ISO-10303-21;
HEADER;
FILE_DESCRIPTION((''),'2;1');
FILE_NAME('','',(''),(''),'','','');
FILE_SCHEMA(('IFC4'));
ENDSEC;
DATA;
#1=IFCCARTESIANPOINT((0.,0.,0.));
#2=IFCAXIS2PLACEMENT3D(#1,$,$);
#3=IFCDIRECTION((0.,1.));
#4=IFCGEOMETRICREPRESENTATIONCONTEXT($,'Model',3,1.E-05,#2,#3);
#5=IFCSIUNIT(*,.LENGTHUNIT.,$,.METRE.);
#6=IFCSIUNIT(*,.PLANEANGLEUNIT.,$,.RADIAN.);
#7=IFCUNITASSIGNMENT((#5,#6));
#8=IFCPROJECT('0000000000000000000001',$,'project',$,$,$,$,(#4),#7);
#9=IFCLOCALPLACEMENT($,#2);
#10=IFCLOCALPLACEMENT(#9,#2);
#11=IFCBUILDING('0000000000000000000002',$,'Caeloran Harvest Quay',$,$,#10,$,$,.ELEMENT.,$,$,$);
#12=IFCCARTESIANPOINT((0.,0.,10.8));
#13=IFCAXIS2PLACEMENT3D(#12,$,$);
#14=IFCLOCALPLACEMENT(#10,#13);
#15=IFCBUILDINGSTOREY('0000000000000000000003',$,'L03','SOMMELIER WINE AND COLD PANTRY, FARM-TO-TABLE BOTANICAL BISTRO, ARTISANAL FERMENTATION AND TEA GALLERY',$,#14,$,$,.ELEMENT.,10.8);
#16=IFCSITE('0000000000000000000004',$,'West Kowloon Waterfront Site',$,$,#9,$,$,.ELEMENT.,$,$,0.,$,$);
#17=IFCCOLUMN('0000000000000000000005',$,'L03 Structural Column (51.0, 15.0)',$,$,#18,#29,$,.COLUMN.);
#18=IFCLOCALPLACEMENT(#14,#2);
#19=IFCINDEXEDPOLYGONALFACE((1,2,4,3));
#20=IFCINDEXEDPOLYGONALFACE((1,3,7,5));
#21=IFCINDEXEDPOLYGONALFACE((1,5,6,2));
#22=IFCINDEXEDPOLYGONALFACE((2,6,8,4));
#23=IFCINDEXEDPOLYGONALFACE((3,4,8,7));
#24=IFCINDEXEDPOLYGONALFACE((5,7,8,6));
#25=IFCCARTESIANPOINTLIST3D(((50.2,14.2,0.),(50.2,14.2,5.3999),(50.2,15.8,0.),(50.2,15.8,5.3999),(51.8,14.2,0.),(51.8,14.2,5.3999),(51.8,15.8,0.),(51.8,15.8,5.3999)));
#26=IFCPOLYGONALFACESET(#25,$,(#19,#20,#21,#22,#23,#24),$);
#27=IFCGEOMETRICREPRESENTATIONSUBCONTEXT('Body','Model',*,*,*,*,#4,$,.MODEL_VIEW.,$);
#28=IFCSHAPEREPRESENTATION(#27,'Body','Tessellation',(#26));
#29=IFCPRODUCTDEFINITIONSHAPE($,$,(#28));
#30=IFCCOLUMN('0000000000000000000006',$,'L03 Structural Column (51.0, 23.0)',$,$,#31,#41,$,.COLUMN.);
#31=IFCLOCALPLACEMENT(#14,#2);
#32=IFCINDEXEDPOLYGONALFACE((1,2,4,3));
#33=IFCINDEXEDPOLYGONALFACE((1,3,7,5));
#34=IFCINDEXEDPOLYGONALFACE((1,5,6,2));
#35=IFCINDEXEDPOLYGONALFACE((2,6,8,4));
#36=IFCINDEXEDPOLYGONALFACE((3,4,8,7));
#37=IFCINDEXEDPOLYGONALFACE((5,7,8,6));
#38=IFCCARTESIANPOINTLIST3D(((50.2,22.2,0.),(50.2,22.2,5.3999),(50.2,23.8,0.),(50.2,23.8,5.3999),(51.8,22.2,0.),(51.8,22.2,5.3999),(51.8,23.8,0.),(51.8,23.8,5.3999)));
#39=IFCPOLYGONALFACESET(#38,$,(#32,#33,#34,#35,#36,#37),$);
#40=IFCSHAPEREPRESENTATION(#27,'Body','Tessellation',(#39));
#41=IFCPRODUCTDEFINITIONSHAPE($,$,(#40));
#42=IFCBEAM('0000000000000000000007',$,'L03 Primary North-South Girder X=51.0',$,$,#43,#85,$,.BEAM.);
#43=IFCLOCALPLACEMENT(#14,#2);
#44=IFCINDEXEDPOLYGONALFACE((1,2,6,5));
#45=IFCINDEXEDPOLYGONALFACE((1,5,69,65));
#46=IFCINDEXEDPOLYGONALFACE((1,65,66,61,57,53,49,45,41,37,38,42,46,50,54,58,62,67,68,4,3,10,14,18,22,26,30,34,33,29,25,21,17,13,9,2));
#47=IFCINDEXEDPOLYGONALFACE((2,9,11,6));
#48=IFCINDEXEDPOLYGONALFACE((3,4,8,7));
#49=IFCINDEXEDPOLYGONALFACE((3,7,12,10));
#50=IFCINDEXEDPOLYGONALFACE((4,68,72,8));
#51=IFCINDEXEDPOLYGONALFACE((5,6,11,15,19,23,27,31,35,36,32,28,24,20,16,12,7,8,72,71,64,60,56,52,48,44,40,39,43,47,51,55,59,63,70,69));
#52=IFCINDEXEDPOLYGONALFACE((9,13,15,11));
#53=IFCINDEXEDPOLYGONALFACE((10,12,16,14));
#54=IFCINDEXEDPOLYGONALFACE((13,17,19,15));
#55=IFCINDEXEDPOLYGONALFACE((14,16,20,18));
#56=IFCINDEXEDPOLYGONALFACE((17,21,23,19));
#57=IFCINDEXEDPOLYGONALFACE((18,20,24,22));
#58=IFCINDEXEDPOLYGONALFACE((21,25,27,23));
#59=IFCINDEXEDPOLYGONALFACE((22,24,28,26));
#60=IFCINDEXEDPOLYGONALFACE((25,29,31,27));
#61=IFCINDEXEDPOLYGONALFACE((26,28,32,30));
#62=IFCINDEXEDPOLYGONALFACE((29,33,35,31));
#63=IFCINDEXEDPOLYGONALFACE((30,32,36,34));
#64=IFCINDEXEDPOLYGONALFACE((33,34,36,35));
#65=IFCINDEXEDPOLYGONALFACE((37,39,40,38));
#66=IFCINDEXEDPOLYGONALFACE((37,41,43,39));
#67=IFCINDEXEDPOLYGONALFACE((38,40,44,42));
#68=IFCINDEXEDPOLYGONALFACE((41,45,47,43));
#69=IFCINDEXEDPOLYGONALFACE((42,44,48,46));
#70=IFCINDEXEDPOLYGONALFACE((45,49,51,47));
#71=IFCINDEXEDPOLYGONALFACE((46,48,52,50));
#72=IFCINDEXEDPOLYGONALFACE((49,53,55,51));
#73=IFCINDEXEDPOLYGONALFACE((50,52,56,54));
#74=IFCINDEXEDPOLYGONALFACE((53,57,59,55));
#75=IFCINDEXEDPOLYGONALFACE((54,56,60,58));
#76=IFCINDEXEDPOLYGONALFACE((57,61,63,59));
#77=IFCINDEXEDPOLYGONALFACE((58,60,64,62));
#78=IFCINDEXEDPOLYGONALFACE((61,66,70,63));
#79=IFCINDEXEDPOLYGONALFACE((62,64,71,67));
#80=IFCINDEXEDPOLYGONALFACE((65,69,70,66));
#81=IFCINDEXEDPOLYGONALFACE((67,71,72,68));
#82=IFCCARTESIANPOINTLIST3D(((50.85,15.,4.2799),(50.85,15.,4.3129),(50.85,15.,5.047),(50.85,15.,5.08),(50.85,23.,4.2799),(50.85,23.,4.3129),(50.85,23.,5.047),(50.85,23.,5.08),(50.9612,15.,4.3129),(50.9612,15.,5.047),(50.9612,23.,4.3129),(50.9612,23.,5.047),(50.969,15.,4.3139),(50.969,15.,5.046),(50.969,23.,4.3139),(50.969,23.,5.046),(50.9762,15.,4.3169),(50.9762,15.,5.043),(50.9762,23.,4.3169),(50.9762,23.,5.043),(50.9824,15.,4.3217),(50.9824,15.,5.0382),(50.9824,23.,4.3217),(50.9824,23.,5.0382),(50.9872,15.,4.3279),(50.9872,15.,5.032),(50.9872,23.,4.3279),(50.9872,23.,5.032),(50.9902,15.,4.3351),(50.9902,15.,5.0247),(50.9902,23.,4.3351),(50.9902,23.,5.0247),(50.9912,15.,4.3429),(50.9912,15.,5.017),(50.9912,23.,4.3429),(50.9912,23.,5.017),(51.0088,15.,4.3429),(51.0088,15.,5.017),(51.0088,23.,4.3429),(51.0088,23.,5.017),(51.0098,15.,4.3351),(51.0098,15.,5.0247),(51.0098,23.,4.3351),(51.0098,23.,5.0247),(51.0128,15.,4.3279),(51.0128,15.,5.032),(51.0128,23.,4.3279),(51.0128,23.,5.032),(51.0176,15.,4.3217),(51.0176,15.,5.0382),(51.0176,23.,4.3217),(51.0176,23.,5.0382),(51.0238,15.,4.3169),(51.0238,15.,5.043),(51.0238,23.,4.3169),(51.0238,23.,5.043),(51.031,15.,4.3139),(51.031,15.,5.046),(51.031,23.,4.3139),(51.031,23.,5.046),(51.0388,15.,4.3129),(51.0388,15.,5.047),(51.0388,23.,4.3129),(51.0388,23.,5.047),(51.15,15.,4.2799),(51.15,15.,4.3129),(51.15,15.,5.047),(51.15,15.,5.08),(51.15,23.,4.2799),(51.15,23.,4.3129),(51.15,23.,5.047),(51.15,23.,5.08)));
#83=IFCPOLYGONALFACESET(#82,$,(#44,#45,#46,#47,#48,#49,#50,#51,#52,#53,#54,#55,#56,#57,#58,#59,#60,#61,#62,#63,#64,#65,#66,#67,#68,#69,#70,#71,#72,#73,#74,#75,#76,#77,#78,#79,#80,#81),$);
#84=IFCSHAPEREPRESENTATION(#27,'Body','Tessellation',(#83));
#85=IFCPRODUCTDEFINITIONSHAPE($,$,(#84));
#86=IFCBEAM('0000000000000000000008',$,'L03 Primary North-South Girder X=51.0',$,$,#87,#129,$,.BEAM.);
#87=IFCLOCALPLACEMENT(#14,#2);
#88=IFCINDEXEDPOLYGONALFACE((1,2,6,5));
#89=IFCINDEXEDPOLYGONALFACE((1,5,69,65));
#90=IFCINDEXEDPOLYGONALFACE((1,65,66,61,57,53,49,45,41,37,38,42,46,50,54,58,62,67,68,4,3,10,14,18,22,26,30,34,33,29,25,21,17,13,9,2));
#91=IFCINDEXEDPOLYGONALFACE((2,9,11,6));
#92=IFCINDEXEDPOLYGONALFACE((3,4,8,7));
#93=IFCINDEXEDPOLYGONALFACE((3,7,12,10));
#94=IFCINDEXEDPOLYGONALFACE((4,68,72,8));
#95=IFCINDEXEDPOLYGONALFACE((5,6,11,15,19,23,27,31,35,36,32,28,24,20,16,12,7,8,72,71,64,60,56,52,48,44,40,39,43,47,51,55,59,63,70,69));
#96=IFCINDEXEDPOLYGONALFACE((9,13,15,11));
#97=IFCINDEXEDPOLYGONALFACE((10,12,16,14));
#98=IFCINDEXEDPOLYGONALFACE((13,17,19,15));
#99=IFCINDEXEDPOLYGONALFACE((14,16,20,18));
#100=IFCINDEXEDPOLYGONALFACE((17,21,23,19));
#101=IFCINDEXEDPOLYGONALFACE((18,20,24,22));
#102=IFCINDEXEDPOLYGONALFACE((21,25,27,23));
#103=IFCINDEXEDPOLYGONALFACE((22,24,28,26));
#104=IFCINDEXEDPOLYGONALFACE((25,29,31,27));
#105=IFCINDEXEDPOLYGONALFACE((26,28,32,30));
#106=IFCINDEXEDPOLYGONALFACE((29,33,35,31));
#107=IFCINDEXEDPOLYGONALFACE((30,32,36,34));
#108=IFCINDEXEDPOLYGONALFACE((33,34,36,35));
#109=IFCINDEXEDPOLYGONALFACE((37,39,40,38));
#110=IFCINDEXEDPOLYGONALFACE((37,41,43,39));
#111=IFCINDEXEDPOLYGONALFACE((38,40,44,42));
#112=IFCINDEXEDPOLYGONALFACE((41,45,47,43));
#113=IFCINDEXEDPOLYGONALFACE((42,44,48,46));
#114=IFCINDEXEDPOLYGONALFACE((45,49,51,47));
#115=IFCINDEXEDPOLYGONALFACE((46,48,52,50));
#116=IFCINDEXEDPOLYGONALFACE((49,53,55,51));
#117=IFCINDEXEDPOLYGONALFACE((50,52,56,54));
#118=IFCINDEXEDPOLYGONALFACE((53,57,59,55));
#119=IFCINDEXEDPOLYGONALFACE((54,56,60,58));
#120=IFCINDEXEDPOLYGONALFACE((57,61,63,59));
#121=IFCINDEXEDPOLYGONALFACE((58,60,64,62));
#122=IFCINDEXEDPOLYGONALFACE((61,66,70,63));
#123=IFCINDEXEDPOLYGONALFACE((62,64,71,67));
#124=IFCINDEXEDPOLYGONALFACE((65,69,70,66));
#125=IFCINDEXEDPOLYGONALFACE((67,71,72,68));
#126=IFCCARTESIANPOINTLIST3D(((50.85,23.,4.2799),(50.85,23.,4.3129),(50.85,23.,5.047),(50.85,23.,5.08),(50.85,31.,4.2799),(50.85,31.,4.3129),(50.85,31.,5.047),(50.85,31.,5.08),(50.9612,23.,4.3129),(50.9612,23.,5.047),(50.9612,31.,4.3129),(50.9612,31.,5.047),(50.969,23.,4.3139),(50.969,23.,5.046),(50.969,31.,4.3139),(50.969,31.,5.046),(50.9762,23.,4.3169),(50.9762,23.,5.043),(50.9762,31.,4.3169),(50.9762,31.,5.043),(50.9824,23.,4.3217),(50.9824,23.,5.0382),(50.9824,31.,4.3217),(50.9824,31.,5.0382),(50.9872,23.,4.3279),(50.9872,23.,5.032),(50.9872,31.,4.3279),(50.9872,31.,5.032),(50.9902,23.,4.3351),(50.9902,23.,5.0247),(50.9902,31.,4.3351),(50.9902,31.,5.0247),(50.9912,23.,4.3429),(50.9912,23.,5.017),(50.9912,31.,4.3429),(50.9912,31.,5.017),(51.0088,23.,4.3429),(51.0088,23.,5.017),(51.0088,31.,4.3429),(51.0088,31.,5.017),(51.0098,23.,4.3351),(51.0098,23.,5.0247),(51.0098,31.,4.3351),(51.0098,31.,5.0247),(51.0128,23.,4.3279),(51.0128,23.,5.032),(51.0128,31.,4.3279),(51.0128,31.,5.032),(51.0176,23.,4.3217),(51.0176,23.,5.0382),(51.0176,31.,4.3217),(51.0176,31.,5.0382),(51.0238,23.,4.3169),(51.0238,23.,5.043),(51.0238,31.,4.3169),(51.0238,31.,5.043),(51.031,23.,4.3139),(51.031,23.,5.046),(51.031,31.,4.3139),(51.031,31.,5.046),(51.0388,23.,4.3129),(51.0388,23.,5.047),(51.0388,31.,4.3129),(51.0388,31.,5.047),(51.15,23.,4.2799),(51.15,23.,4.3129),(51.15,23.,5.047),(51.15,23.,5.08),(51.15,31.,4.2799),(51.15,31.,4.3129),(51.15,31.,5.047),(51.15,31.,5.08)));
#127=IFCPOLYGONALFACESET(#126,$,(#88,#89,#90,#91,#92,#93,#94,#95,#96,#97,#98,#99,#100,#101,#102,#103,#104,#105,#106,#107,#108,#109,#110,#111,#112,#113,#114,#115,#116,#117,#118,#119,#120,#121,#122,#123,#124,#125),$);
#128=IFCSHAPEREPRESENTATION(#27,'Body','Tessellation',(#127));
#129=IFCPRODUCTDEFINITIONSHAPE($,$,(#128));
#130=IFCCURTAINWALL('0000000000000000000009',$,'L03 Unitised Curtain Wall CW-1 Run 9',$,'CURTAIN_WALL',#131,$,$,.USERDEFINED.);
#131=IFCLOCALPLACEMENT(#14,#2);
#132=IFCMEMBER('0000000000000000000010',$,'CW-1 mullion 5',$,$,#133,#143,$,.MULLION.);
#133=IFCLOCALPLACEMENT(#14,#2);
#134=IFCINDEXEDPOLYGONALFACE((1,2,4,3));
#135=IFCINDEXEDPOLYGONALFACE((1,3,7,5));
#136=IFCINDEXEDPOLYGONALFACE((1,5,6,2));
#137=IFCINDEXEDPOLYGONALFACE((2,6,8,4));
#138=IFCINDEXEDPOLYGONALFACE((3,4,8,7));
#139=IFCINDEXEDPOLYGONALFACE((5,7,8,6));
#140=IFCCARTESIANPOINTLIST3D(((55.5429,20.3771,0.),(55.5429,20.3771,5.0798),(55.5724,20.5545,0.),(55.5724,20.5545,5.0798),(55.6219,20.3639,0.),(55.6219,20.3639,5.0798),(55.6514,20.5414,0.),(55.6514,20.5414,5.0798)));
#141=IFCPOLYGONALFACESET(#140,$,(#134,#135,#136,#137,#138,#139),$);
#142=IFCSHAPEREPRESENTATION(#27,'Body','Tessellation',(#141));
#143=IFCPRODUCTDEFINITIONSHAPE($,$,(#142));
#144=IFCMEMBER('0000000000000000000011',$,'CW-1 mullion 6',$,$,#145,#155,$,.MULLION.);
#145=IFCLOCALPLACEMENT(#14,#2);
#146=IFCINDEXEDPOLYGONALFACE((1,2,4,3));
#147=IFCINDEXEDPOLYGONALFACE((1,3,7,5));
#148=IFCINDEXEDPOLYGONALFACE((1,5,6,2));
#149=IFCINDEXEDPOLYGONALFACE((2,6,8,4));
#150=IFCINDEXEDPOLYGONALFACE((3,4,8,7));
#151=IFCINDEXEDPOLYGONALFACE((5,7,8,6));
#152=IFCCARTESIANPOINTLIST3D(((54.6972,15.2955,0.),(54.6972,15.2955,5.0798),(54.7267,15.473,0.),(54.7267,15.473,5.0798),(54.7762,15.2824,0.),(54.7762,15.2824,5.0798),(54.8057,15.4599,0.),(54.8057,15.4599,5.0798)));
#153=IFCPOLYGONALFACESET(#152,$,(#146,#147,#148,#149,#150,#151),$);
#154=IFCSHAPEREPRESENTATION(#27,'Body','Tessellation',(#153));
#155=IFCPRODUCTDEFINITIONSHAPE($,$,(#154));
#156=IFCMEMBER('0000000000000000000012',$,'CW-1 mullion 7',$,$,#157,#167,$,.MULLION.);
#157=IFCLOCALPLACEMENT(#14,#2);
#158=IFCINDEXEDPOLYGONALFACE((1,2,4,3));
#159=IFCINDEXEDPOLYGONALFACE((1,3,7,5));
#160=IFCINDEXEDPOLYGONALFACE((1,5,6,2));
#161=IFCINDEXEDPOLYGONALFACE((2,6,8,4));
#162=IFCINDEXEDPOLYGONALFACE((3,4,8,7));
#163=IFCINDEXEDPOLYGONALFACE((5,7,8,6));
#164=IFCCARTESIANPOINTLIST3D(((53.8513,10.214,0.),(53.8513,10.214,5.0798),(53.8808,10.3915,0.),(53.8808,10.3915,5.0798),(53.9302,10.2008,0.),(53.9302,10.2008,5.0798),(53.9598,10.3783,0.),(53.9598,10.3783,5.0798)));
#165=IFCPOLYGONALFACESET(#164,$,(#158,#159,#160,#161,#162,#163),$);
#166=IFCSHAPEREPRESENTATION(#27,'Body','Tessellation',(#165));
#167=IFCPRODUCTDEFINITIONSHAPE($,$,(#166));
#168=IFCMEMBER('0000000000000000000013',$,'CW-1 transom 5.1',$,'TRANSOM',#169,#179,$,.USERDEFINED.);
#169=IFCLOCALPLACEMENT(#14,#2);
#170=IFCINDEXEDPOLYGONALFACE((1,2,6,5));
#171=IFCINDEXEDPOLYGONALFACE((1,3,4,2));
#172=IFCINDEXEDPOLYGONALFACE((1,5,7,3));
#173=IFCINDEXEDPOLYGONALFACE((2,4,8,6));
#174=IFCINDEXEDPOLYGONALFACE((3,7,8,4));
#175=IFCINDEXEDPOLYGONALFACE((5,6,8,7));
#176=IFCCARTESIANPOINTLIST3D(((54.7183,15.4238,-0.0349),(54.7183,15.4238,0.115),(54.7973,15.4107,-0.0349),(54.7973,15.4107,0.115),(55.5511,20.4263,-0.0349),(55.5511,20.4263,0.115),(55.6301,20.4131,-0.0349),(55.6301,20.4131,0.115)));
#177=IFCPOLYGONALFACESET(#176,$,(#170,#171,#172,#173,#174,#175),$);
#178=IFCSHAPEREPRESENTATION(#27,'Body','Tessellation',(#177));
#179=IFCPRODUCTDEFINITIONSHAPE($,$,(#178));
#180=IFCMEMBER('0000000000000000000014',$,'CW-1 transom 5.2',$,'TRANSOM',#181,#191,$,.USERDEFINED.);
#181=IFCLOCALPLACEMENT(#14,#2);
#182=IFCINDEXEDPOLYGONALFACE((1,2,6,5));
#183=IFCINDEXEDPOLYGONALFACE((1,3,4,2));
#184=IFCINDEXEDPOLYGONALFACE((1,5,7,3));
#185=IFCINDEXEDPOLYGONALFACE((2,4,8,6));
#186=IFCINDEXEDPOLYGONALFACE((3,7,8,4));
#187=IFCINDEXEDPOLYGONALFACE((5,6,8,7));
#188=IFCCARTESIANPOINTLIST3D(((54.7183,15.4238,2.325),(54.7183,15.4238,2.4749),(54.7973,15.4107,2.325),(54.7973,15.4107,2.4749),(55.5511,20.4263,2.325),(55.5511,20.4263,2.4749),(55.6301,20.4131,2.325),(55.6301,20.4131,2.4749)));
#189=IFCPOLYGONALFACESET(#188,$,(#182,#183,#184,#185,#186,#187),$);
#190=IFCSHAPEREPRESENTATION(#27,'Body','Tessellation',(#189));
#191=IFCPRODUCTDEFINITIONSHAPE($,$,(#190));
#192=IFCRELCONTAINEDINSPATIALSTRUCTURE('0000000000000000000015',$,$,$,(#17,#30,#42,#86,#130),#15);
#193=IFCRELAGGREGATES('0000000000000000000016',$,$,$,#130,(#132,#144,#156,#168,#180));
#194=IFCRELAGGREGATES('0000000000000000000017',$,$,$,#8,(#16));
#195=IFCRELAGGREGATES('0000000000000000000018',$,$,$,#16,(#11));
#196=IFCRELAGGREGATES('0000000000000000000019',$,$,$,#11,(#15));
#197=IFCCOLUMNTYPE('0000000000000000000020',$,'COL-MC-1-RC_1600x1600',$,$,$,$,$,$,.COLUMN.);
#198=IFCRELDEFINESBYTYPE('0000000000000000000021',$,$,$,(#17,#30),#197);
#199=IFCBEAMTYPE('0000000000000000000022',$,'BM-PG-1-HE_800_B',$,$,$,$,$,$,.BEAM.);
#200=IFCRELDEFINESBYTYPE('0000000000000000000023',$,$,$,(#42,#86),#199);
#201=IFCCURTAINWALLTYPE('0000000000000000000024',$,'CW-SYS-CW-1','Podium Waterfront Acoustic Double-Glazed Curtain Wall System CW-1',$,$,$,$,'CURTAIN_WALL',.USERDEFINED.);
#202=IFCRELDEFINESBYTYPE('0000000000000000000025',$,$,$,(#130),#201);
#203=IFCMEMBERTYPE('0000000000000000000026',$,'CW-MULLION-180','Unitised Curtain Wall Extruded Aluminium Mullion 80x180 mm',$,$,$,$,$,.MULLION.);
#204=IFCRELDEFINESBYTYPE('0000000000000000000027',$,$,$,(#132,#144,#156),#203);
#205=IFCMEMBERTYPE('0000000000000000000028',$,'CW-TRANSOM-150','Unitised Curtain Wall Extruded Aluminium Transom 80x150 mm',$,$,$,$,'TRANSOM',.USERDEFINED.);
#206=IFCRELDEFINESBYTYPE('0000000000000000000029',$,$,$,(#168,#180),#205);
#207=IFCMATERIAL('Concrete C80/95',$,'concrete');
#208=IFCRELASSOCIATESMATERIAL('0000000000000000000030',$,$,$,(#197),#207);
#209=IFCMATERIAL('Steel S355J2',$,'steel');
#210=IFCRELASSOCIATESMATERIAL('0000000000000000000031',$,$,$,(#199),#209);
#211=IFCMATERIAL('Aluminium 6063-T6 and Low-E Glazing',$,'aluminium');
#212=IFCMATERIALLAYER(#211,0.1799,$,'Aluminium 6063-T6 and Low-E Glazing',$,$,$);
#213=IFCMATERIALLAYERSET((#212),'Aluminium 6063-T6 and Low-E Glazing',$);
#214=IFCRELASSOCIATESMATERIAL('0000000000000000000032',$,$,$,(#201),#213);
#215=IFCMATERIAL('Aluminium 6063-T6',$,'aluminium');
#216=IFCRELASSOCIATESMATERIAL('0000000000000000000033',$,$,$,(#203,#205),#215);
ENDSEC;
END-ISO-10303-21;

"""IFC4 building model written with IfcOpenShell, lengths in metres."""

from ifc_helpers import new_model, si_unit, direction, frame, origin, origin_2d, place, context, subcontext, project, spatial, rectangle, i_section, extrude, material, layer, layer_set, material_profile, profile_set, type_object, element, aggregate, save


model = new_model("IFC4")

# Units and contexts
model_context = context("Model", 3, precision=1e-05, world=origin(), true_north=direction((0.0, 1.0)))
body_context = subcontext(model_context, "Body", "Model", "MODEL_VIEW")
ifc_project = project(units=[si_unit("LENGTHUNIT", "METRE"), si_unit("PLANEANGLEUNIT", "RADIAN")], contexts=[model_context])

# Site, building, storey
site_placement = place(None, origin())
site = spatial("IfcSite", under=ifc_project, at=site_placement, Name="West Kowloon Waterfront Site", CompositionType="ELEMENT", RefElevation=0.0)
building_placement = place(site_placement, origin())
building = spatial("IfcBuilding", under=site, at=building_placement, Name="Caeloran Harvest Quay", CompositionType="ELEMENT")
storey_placement = place(building_placement, frame((0.0, 0.0, 10.8)))
storey = spatial("IfcBuildingStorey", under=building, at=storey_placement, Name="L03", Description="SOMMELIER WINE AND COLD PANTRY, FARM-TO-TABLE BOTANICAL BISTRO, ARTISANAL FERMENTATION AND TEA GALLERY", CompositionType="ELEMENT", Elevation=10.8)

# Columns
ifc_material_1 = material(Name="Concrete C80/95", Category="concrete")
ifc_material_profile_1 = material_profile(ifc_material_1, rectangle(XDim=1.6001, YDim=1.6001, at=origin_2d()), Name="RC 1600x1600")
ifc_profile_set_1 = profile_set([ifc_material_profile_1], Name="Concrete C80/95")
column_type = type_object("IfcColumnType", Name="COL-MC-1-RC_1600x1600", PredefinedType="COLUMN", material=ifc_profile_set_1)
for number, where, z_axis, x_axis, name in (
    (1, (51.0, 15.0, 0.0), (0.0, 0.0, 1.0), (1.0, 0.0, 0.0), "L03 Structural Column (51.0, 15.0)"),
    (2, (51.0, 23.0, 0.0), (0.0, 0.0, 1.0), (1.0, 0.0, 0.0), "L03 Structural Column (51.0, 23.0)"),
):
    element("IfcColumn", number, at=place(storey_placement, frame(where, z_axis=z_axis, x_axis=x_axis)), inside=storey, type_object=column_type, Name=name, PredefinedType="COLUMN", context=body_context, shape_type="SweptSolid", body=[
        extrude(rectangle(XDim=1.6001, YDim=1.6001, at=origin_2d()), origin(), (0.0, 0.0, 1.0), 5.3999),
    ])

# Beams
ifc_material_2 = material(Name="Steel S355J2", Category="steel")
ifc_material_profile_2 = material_profile(ifc_material_2, i_section(OverallWidth=0.3, OverallDepth=0.8, WebThickness=0.0176, FlangeThickness=0.033, FilletRadius=0.03, at=origin_2d()), Name="HE 800 B")
ifc_profile_set_2 = profile_set([ifc_material_profile_2], Name="Steel S355J2")
beam_type = type_object("IfcBeamType", Name="BM-PG-1-HE_800_B", PredefinedType="BEAM", material=ifc_profile_set_2)
for number, where, z_axis, x_axis, name in (
    (3, (51.0, 15.0, 4.6799), (0.0, 1.0, 0.0), (-1.0, 0.0, 0.0), "L03 Primary North-South Girder X=51.0"),
    (4, (51.0, 23.0, 4.6799), (0.0, 1.0, 0.0), (-1.0, 0.0, 0.0), "L03 Primary North-South Girder X=51.0"),
):
    element("IfcBeam", number, at=place(storey_placement, frame(where, z_axis=z_axis, x_axis=x_axis)), inside=storey, type_object=beam_type, Name=name, PredefinedType="BEAM", context=body_context, shape_type="SweptSolid", body=[
        extrude(i_section(OverallWidth=0.3, OverallDepth=0.8, WebThickness=0.0176, FlangeThickness=0.033, FilletRadius=0.03, at=origin_2d()), origin(), (0.0, 0.0, 1.0), 8.0),
    ])

# Curtain wall, members
ifc_material_3 = material(Name="Aluminium 6063-T6 and Low-E Glazing", Category="aluminium")
ifc_layer_1 = layer(ifc_material_3, 0.1799, Name="Aluminium 6063-T6 and Low-E Glazing")
ifc_layer_set_1 = layer_set([ifc_layer_1], Name="Aluminium 6063-T6 and Low-E Glazing")
curtain_wall_type = type_object("IfcCurtainWallType", Name="CW-SYS-CW-1", Description="Podium Waterfront Acoustic Double-Glazed Curtain Wall System CW-1", ElementType="CURTAIN_WALL", PredefinedType="USERDEFINED", material=ifc_layer_set_1)
curtain_wall_placement = place(storey_placement, origin())
curtain_wall = element("IfcCurtainWall", 5, at=curtain_wall_placement, inside=storey, type_object=curtain_wall_type, Name="L03 Unitised Curtain Wall CW-1 Run 9", ObjectType="CURTAIN_WALL", PredefinedType="USERDEFINED")
ifc_material_4 = material(Name="Aluminium 6063-T6", Category="aluminium")
ifc_material_profile_3 = material_profile(ifc_material_4, rectangle(XDim=0.0801, YDim=0.1799, at=origin_2d()), Name="CW-MULLION-180")
ifc_profile_set_3 = profile_set([ifc_material_profile_3], Name="Aluminium 6063-T6")
member_type_1 = type_object("IfcMemberType", Name="CW-MULLION-180", Description="Unitised Curtain Wall Extruded Aluminium Mullion 80x180 mm", PredefinedType="MULLION", material=ifc_profile_set_3)
member_1_placement = place(storey_placement, frame((55.5972, 20.4592, 0.0), z_axis=(0.0, 0.0, 1.0), x_axis=(0.986431, -0.164174, 0.0)))
member_1 = element("IfcMember", 6, at=member_1_placement, type_object=member_type_1, Name="CW-1 mullion 5", PredefinedType="MULLION", context=body_context, shape_type="SweptSolid", body=[
    extrude(rectangle(XDim=0.0801, YDim=0.1799, at=origin_2d()), origin(), (0.0, 0.0, 1.0), 5.0798),
])
member_2_placement = place(storey_placement, frame((54.7515, 15.3777, 0.0), z_axis=(0.0, 0.0, 1.0), x_axis=(0.986431, -0.164174, 0.0)))
member_2 = element("IfcMember", 7, at=member_2_placement, type_object=member_type_1, Name="CW-1 mullion 6", PredefinedType="MULLION", context=body_context, shape_type="SweptSolid", body=[
    extrude(rectangle(XDim=0.0801, YDim=0.1799, at=origin_2d()), origin(), (0.0, 0.0, 1.0), 5.0798),
])
member_3_placement = place(storey_placement, frame((53.9055, 10.2961, 0.0), z_axis=(0.0, 0.0, 1.0), x_axis=(0.986431, -0.164174, 0.0)))
member_3 = element("IfcMember", 8, at=member_3_placement, type_object=member_type_1, Name="CW-1 mullion 7", PredefinedType="MULLION", context=body_context, shape_type="SweptSolid", body=[
    extrude(rectangle(XDim=0.0801, YDim=0.1799, at=origin_2d()), origin(), (0.0, 0.0, 1.0), 5.0798),
])
ifc_material_profile_4 = material_profile(ifc_material_4, rectangle(XDim=0.0801, YDim=0.1499, at=origin_2d()), Name="CW-TRANSOM-150")
ifc_profile_set_4 = profile_set([ifc_material_profile_4], Name="Aluminium 6063-T6")
member_type_2 = type_object("IfcMemberType", Name="CW-TRANSOM-150", Description="Unitised Curtain Wall Extruded Aluminium Transom 80x150 mm", ElementType="TRANSOM", PredefinedType="USERDEFINED", material=ifc_profile_set_4)
member_4_placement = place(storey_placement, frame((55.5906, 20.4197, 0.04), z_axis=(-0.164212, -0.986425, 0.0), x_axis=(0.986425, -0.164212, 0.0)))
member_4 = element("IfcMember", 9, at=member_4_placement, type_object=member_type_2, Name="CW-1 transom 5.1", ObjectType="TRANSOM", PredefinedType="USERDEFINED", context=body_context, shape_type="SweptSolid", body=[
    extrude(rectangle(XDim=0.0801, YDim=0.1499, at=origin_2d()), origin(), (0.0, 0.0, 1.0), 5.0713),
])
member_5_placement = place(storey_placement, frame((55.5906, 20.4197, 2.3999), z_axis=(-0.164212, -0.986425, 0.0), x_axis=(0.986425, -0.164212, 0.0)))
member_5 = element("IfcMember", 10, at=member_5_placement, type_object=member_type_2, Name="CW-1 transom 5.2", ObjectType="TRANSOM", PredefinedType="USERDEFINED", context=body_context, shape_type="SweptSolid", body=[
    extrude(rectangle(XDim=0.0801, YDim=0.1499, at=origin_2d()), origin(), (0.0, 0.0, 1.0), 5.0713),
])
aggregate(curtain_wall, [member_1, member_2, member_3, member_4, member_5])

save(model, "model.ifc")
